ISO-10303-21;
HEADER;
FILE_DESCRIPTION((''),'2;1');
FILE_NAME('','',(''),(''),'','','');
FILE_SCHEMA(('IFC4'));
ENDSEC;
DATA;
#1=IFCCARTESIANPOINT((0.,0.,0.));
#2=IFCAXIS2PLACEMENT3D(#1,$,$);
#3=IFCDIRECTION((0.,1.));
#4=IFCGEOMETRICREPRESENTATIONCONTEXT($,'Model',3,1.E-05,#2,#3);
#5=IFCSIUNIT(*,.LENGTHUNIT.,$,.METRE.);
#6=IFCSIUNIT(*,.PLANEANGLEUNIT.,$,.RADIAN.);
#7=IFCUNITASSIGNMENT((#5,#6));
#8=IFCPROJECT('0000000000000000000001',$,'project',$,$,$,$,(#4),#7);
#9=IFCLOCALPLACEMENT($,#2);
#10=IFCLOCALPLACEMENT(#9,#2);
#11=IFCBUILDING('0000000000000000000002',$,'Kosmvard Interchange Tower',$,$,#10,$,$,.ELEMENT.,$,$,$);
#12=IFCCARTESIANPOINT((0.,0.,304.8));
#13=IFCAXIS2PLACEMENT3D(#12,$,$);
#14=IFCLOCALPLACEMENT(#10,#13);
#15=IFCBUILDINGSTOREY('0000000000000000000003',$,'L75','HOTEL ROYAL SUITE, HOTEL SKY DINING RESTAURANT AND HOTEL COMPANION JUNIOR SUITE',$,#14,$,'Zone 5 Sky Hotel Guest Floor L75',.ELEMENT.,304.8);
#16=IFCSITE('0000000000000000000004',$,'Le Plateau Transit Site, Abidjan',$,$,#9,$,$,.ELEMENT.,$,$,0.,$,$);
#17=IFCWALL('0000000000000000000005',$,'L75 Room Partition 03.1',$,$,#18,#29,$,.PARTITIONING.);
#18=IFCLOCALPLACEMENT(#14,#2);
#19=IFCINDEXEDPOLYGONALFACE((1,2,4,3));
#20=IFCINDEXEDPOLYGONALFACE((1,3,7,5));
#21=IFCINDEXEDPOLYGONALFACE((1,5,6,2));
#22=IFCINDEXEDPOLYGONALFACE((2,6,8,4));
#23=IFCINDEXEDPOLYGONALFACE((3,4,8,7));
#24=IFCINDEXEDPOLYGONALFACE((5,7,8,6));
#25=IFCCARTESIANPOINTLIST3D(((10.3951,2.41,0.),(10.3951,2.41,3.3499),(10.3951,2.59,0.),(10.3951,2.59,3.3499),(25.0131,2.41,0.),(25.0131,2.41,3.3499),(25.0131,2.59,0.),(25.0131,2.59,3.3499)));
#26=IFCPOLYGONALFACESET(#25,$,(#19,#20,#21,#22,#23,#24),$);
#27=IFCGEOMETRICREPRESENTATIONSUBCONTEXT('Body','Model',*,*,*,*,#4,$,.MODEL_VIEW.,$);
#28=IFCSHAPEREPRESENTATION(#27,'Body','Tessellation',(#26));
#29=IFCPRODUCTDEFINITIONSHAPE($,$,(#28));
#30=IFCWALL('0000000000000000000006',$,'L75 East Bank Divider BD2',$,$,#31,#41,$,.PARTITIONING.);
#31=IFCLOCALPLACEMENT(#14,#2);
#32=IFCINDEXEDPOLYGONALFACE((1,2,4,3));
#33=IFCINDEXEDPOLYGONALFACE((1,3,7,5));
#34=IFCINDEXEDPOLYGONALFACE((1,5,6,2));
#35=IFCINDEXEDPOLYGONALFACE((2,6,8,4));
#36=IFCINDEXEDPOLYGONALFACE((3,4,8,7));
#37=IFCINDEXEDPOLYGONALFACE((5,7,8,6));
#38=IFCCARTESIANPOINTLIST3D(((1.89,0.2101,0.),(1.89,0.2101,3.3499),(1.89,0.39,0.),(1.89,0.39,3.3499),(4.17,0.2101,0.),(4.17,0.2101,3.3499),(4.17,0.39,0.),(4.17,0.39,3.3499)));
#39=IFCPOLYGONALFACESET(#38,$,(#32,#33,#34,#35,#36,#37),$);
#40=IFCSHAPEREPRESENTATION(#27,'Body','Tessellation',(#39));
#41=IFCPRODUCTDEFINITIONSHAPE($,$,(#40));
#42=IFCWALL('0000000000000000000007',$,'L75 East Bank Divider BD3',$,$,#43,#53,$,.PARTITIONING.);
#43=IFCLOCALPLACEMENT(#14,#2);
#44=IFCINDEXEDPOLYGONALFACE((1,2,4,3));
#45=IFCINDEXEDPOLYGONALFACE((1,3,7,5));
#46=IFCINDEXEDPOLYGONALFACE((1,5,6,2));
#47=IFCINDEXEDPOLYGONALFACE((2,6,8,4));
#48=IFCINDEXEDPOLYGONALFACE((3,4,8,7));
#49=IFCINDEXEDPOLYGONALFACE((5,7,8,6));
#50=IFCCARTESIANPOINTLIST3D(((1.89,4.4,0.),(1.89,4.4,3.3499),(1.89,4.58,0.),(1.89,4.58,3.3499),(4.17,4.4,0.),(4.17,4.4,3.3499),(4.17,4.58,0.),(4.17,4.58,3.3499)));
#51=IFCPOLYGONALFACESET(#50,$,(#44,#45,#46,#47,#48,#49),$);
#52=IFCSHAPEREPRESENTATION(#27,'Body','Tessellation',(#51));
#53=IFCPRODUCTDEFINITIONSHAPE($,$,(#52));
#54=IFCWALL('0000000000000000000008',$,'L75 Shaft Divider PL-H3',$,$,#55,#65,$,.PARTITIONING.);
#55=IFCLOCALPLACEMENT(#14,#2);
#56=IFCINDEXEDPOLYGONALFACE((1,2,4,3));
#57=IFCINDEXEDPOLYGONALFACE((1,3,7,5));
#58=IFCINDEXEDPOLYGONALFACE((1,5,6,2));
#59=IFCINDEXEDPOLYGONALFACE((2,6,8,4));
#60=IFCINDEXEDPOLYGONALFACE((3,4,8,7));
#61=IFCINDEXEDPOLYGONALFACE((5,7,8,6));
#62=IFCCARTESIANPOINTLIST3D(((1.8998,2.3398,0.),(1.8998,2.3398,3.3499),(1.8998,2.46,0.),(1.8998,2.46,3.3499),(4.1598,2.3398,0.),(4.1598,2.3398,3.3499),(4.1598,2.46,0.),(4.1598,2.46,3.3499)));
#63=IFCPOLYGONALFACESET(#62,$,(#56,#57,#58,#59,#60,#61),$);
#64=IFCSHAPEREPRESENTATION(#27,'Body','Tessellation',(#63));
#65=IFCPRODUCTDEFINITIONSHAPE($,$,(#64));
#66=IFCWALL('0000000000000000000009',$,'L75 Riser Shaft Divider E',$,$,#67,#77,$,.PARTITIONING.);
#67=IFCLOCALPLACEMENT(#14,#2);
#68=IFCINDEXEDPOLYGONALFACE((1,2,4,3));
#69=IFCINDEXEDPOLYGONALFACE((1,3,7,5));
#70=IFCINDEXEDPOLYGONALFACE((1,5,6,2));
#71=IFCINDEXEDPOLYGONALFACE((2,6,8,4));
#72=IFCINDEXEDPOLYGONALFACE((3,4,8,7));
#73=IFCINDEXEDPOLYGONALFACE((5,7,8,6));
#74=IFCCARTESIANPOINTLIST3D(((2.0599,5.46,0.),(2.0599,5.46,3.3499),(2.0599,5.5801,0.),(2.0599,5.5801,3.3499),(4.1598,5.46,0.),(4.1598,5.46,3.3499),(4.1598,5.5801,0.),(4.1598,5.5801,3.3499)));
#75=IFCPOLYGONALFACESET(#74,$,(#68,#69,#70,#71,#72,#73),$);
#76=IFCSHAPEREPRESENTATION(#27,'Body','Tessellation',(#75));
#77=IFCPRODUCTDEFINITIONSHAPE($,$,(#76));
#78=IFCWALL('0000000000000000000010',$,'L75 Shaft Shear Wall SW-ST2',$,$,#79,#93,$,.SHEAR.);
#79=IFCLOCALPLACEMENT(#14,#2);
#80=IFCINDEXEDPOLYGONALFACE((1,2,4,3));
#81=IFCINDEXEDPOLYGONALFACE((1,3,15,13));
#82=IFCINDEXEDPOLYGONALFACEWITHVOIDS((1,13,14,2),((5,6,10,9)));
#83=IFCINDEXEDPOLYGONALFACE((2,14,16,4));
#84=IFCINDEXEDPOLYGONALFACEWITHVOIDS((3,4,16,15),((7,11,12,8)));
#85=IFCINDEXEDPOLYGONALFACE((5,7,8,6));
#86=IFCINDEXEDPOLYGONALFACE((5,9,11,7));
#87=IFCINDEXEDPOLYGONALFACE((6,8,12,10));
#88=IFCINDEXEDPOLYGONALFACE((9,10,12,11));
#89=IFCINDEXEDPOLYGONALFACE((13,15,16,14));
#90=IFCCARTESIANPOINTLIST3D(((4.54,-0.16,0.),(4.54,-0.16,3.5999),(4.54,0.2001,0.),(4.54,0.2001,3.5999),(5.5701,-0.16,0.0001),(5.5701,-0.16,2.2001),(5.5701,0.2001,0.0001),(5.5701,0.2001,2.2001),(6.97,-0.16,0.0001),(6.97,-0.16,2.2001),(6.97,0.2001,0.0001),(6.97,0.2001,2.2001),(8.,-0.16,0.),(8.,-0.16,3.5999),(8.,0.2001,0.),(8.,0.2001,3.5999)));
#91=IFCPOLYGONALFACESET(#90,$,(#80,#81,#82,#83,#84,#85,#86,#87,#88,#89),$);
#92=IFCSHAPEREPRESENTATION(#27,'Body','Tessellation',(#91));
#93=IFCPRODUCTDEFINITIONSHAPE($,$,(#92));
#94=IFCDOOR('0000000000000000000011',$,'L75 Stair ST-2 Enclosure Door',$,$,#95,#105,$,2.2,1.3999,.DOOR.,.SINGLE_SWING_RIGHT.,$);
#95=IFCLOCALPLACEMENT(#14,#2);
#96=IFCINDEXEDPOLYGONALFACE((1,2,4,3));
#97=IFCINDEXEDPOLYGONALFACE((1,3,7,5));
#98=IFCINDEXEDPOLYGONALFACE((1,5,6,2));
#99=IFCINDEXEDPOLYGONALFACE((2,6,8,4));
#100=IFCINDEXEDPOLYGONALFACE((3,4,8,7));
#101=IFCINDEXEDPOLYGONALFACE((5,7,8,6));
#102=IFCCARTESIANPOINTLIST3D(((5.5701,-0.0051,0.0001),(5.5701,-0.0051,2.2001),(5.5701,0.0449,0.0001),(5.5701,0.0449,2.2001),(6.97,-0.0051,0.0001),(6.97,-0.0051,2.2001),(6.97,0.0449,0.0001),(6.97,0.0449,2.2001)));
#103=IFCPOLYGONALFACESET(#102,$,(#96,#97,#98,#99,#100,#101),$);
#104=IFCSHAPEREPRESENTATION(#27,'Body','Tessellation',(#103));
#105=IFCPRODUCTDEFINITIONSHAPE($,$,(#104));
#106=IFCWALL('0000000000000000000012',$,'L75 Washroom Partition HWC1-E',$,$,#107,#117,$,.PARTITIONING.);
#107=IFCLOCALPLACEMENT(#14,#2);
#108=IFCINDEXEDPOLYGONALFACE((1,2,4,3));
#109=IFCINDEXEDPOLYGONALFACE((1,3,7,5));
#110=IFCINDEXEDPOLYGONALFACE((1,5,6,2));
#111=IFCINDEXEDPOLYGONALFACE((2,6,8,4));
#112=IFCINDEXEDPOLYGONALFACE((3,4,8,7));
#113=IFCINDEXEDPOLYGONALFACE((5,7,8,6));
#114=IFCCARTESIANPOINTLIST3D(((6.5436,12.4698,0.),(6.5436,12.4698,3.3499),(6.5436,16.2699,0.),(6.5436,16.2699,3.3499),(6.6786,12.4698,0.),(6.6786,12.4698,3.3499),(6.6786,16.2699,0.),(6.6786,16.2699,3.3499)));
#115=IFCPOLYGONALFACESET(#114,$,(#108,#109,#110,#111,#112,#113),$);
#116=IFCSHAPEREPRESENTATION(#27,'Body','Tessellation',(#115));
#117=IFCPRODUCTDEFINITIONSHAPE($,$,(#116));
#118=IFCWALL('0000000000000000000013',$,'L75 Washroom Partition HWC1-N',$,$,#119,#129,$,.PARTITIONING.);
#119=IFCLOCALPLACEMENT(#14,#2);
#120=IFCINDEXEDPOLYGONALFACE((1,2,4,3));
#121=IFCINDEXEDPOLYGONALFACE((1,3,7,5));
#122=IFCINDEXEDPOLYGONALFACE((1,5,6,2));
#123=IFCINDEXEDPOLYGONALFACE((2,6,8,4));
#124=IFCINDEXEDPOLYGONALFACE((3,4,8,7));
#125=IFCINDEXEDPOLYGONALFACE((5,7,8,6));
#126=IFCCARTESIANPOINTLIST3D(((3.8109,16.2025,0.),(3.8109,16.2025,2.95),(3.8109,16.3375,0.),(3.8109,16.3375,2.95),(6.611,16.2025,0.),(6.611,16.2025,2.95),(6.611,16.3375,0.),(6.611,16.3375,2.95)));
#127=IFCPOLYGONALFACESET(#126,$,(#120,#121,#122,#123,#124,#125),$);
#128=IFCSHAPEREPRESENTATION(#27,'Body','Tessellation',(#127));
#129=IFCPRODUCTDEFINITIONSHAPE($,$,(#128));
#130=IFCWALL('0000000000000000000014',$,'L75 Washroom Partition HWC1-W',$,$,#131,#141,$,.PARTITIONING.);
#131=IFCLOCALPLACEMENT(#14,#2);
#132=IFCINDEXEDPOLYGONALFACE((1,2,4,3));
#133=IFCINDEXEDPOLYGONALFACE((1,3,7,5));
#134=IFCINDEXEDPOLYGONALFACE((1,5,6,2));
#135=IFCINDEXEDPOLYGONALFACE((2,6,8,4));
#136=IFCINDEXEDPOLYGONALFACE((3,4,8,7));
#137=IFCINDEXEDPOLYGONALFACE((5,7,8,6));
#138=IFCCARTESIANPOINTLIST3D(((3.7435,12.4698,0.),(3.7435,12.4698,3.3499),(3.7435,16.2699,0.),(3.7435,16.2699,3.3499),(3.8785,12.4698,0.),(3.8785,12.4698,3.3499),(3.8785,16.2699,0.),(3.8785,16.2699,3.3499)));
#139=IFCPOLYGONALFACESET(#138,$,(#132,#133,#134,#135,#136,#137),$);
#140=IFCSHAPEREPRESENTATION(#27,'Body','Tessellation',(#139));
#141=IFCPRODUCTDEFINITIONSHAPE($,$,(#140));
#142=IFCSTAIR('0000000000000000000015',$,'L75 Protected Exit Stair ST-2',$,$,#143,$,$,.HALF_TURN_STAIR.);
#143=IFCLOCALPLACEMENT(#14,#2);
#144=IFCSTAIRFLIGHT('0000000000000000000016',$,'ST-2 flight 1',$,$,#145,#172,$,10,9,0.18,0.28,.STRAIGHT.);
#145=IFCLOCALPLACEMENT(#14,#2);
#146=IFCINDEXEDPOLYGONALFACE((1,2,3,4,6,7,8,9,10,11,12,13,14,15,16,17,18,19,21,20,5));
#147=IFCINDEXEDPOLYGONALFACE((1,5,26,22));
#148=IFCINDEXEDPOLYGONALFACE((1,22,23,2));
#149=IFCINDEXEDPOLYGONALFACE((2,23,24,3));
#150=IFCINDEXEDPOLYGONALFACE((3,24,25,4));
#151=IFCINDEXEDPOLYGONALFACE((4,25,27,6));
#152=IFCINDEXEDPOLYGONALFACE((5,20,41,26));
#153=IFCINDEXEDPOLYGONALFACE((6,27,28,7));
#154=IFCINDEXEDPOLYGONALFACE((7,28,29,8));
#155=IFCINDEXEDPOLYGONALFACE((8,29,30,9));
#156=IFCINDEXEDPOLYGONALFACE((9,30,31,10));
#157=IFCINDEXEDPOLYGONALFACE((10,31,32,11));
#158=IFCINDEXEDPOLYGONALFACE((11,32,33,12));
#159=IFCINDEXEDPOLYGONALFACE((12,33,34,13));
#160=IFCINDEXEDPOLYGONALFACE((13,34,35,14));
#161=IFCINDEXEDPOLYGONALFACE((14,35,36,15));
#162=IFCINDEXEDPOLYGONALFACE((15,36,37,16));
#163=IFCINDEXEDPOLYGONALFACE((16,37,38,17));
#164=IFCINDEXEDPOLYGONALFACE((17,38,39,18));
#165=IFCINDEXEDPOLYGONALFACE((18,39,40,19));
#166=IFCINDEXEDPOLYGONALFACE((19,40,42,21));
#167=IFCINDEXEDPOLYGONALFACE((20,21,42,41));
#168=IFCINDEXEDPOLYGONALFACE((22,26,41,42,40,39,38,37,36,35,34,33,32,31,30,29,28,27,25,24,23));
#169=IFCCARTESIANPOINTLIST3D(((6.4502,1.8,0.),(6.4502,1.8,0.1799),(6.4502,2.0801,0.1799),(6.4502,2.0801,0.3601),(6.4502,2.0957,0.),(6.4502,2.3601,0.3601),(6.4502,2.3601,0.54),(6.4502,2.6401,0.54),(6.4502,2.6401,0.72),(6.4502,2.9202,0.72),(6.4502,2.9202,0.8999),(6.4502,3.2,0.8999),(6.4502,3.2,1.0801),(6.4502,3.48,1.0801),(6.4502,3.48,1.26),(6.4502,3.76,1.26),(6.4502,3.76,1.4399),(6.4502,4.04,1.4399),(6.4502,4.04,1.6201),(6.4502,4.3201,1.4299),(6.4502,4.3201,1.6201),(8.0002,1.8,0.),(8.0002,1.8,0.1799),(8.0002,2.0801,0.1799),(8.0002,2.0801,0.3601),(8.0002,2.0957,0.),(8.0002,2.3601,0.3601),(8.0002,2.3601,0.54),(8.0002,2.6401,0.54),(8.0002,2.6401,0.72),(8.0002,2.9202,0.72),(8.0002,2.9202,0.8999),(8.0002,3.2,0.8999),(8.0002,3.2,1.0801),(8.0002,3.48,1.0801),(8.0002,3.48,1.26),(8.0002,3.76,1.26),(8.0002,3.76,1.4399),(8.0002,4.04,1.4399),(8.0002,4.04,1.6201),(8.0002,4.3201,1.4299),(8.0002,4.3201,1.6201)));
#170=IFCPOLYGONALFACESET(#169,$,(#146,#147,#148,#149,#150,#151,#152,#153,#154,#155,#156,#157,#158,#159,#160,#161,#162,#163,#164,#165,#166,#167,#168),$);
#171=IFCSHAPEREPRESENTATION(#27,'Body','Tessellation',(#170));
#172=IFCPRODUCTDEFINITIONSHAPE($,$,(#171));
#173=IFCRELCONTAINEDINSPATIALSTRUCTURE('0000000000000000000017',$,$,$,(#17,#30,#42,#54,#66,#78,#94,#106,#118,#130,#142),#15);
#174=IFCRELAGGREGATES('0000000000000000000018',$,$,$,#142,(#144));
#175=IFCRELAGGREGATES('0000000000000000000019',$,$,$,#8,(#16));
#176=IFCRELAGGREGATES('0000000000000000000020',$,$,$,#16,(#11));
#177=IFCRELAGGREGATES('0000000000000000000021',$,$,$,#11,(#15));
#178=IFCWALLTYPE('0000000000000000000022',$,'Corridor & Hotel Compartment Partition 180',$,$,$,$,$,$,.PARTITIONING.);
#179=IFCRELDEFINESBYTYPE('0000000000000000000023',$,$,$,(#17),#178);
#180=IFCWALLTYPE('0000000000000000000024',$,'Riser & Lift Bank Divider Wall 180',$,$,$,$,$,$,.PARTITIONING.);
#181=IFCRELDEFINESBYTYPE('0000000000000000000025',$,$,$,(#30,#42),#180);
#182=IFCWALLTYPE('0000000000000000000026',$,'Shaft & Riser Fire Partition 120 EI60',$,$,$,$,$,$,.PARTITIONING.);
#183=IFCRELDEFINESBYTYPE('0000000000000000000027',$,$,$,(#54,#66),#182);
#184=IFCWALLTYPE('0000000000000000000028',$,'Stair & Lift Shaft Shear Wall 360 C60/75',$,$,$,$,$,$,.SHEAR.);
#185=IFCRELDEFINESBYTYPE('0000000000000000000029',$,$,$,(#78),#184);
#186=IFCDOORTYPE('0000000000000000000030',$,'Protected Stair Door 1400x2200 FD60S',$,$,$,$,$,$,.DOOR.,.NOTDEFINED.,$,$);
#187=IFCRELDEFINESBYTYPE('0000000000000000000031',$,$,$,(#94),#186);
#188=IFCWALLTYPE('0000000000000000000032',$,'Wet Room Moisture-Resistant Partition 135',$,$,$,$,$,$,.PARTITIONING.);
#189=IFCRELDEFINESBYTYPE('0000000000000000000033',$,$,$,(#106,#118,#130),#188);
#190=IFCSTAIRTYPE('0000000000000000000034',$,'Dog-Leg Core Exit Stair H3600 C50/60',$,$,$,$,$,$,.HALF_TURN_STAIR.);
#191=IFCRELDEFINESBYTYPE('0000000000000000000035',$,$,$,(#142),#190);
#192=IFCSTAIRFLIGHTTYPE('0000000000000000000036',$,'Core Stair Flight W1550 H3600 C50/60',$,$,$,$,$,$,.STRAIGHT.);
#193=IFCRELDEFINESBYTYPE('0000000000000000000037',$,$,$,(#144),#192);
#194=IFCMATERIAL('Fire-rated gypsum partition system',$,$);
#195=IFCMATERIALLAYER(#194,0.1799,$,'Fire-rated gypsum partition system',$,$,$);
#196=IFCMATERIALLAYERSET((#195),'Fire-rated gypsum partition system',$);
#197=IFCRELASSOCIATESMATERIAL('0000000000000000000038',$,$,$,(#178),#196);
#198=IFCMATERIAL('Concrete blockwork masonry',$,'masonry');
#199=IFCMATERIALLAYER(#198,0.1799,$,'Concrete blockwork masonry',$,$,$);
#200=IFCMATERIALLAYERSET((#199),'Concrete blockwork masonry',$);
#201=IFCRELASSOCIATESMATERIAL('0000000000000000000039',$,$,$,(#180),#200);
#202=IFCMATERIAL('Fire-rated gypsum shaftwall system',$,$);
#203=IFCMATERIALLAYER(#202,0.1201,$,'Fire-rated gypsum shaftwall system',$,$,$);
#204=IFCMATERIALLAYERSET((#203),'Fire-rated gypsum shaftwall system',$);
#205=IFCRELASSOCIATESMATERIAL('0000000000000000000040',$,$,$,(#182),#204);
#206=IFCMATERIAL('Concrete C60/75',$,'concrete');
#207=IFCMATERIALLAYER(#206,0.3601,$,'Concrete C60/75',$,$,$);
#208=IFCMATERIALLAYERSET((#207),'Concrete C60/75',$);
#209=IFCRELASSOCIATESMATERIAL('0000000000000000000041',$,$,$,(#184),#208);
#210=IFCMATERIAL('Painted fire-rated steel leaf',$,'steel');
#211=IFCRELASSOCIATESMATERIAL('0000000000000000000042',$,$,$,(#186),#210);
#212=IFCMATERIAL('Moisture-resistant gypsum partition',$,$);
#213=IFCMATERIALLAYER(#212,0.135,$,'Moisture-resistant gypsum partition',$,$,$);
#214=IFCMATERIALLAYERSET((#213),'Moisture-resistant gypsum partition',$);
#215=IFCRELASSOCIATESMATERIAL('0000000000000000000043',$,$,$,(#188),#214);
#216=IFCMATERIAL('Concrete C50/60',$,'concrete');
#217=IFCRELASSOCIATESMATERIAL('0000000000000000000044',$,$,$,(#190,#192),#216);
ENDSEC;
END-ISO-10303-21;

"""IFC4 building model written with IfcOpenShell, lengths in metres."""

from ifc_helpers import new_model, si_unit, direction, frame, frame_2d, origin, place, context, subcontext, project, spatial, polyline, rectangle, outline, extrude, source, transform, mapped, material, layer, layer_set, type_object, element, fill, aggregate, save


model = new_model("IFC4")

# Units and contexts
model_context = context("Model", 3, precision=1e-05, world=origin(), true_north=direction((0.0, 1.0)))
body_context = subcontext(model_context, "Body", "Model", "MODEL_VIEW")
ifc_project = project(units=[si_unit("LENGTHUNIT", "METRE"), si_unit("PLANEANGLEUNIT", "RADIAN")], contexts=[model_context])

# Site, building, storey
site_placement = place(None, origin())
site = spatial("IfcSite", under=ifc_project, at=site_placement, Name="Le Plateau Transit Site, Abidjan", CompositionType="ELEMENT", RefElevation=0.0)
building_placement = place(site_placement, origin())
building = spatial("IfcBuilding", under=site, at=building_placement, Name="Kosmvard Interchange Tower", CompositionType="ELEMENT")
storey_placement = place(building_placement, frame((0.0, 0.0, 304.8)))
storey = spatial("IfcBuildingStorey", under=building, at=storey_placement, Name="L75", Description="HOTEL ROYAL SUITE, HOTEL SKY DINING RESTAURANT AND HOTEL COMPANION JUNIOR SUITE", LongName="Zone 5 Sky Hotel Guest Floor L75", CompositionType="ELEMENT", Elevation=304.8)

# Shared definitions
ifc_material_1 = material(Name="Concrete C50/60", Category="concrete")

# Walls
ifc_material_2 = material(Name="Fire-rated gypsum partition system")
ifc_material_3 = material(Name="Concrete blockwork masonry", Category="masonry")
ifc_layer_1 = layer(ifc_material_2, 0.1799, Name="Fire-rated gypsum partition system")
ifc_layer_set_1 = layer_set([ifc_layer_1], Name="Fire-rated gypsum partition system")
wall_type_1 = type_object("IfcWallType", Name="Corridor & Hotel Compartment Partition 180", PredefinedType="PARTITIONING", material=ifc_layer_set_1)
wall_1_placement = place(storey_placement, frame((10.395, 2.5, 0.0), z_axis=(0.0, 0.0, 1.0), x_axis=(1.0, 0.0, 0.0)))
element("IfcWall", 1, at=wall_1_placement, inside=storey, type_object=wall_type_1, Name="L75 Room Partition 03.1", PredefinedType="PARTITIONING", context=body_context, shape_type="SweptSolid", body=[
    extrude(rectangle(XDim=14.6179, YDim=0.1799, at=frame_2d((7.3091, 0.0))), origin(), (0.0, 0.0, 1.0), 3.3499),
])
ifc_layer_2 = layer(ifc_material_3, 0.1799, Name="Concrete blockwork masonry")
ifc_layer_set_2 = layer_set([ifc_layer_2], Name="Concrete blockwork masonry")
wall_type_2 = type_object("IfcWallType", Name="Riser & Lift Bank Divider Wall 180", PredefinedType="PARTITIONING", material=ifc_layer_set_2)
for number, where, z_axis, x_axis, name in (
    (2, (1.8899, 0.3, 0.0), (0.0, 0.0, 1.0), (1.0, 0.0, 0.0), "L75 East Bank Divider BD2"),
    (3, (1.8899, 4.49, 0.0), (0.0, 0.0, 1.0), (1.0, 0.0, 0.0), "L75 East Bank Divider BD3"),
):
    element("IfcWall", number, at=place(storey_placement, frame(where, z_axis=z_axis, x_axis=x_axis)), inside=storey, type_object=wall_type_2, Name=name, PredefinedType="PARTITIONING", context=body_context, shape_type="SweptSolid", body=[
        extrude(rectangle(XDim=2.28, YDim=0.1799, at=frame_2d((1.1401, 0.0))), origin(), (0.0, 0.0, 1.0), 3.3499),
    ])
ifc_material_4 = material(Name="Fire-rated gypsum shaftwall system")
ifc_layer_3 = layer(ifc_material_4, 0.1201, Name="Fire-rated gypsum shaftwall system")
ifc_layer_set_3 = layer_set([ifc_layer_3], Name="Fire-rated gypsum shaftwall system")
wall_type_3 = type_object("IfcWallType", Name="Shaft & Riser Fire Partition 120 EI60", PredefinedType="PARTITIONING", material=ifc_layer_set_3)
wall_2_placement = place(storey_placement, frame((1.8999, 2.3999, 0.0), z_axis=(0.0, 0.0, 1.0), x_axis=(1.0, 0.0, 0.0)))
element("IfcWall", 4, at=wall_2_placement, inside=storey, type_object=wall_type_3, Name="L75 Shaft Divider PL-H3", PredefinedType="PARTITIONING", context=body_context, shape_type="SweptSolid", body=[
    extrude(rectangle(XDim=2.26, YDim=0.1201, at=frame_2d((1.1299, 0.0))), origin(), (0.0, 0.0, 1.0), 3.3499),
])
wall_3_placement = place(storey_placement, frame((2.0601, 5.52, 0.0), z_axis=(0.0, 0.0, 1.0), x_axis=(1.0, 0.0, 0.0)))
element("IfcWall", 5, at=wall_3_placement, inside=storey, type_object=wall_type_3, Name="L75 Riser Shaft Divider E", PredefinedType="PARTITIONING", context=body_context, shape_type="SweptSolid", body=[
    extrude(rectangle(XDim=2.0999, YDim=0.1201, at=frame_2d((1.0498, 0.0))), origin(), (0.0, 0.0, 1.0), 3.3499),
])

# Wall, opening, door
ifc_material_5 = material(Name="Concrete C60/75", Category="concrete")
ifc_layer_4 = layer(ifc_material_5, 0.3601, Name="Concrete C60/75")
ifc_layer_set_4 = layer_set([ifc_layer_4], Name="Concrete C60/75")
wall_type_4 = type_object("IfcWallType", Name="Stair & Lift Shaft Shear Wall 360 C60/75", PredefinedType="SHEAR", material=ifc_layer_set_4)
wall_4_placement = place(storey_placement, frame((4.54, 0.02, 0.0), z_axis=(0.0, 0.0, 1.0), x_axis=(1.0, 0.0, 0.0)))
wall_4 = element("IfcWall", 6, at=wall_4_placement, inside=storey, type_object=wall_type_4, Name="L75 Shaft Shear Wall SW-ST2", PredefinedType="SHEAR", context=body_context, shape_type="SweptSolid", body=[
    extrude(rectangle(XDim=3.46, YDim=0.3601, at=frame_2d((1.73, 0.0))), origin(), (0.0, 0.0, 1.0), 3.5999),
])
opening_placement = place(wall_4_placement, frame((1.03, 0.0, 0.0)))
opening = element("IfcOpeningElement", 7, at=opening_placement, cuts=wall_4, PredefinedType="OPENING", context=body_context, shape_type="SweptSolid", body=[
    extrude(rectangle(XDim=1.3999, YDim=2.2, at=frame_2d((0.7, 1.1001))), frame((0.0, 0.1899, 0.0), z_axis=(0.0, -1.0, 0.0), x_axis=(1.0, 0.0, 0.0)), (0.0, 0.0, 1.0), 0.3801),
])
ifc_material_6 = material(Name="Painted fire-rated steel leaf", Category="steel")
door_type = type_object("IfcDoorType", Name="Protected Stair Door 1400x2200 FD60S", OperationType="NOTDEFINED", PredefinedType="DOOR", material=ifc_material_6)
shared_shape_1 = source(origin(), body_context, "Body", "SweptSolid", [
    extrude(rectangle(XDim=1.3999, YDim=2.2, at=frame_2d((0.7, 1.1001))), frame((0.0, 0.0249, 0.0), z_axis=(0.0, -1.0, 0.0), x_axis=(1.0, 0.0, 0.0)), (0.0, 0.0, 1.0), 0.05),
])
door_placement = place(opening_placement, origin())
door = element("IfcDoor", 8, at=door_placement, inside=storey, type_object=door_type, Name="L75 Stair ST-2 Enclosure Door", OperationType="SINGLE_SWING_RIGHT", OverallHeight=2.2, OverallWidth=1.3999, PredefinedType="DOOR", context=body_context, shape_type="MappedRepresentation", body=[
    mapped(shared_shape_1, transform((0.0, 0.0, 0.0), scale=1.0)),
])
fill(opening, door)

# Walls
ifc_material_7 = material(Name="Moisture-resistant gypsum partition")
ifc_layer_5 = layer(ifc_material_7, 0.135, Name="Moisture-resistant gypsum partition")
ifc_layer_set_5 = layer_set([ifc_layer_5], Name="Moisture-resistant gypsum partition")
wall_type_5 = type_object("IfcWallType", Name="Wet Room Moisture-Resistant Partition 135", PredefinedType="PARTITIONING", material=ifc_layer_set_5)
wall_5_placement = place(storey_placement, frame((6.6111, 12.47, 0.0), z_axis=(0.0, 0.0, 1.0), x_axis=(0.0, 1.0, 0.0)))
element("IfcWall", 9, at=wall_5_placement, inside=storey, type_object=wall_type_5, Name="L75 Washroom Partition HWC1-E", PredefinedType="PARTITIONING", context=body_context, shape_type="SweptSolid", body=[
    extrude(rectangle(XDim=3.8, YDim=0.135, at=frame_2d((1.8999, 0.0))), origin(), (0.0, 0.0, 1.0), 3.3499),
])
wall_6_placement = place(storey_placement, frame((3.811, 16.27, 0.0), z_axis=(0.0, 0.0, 1.0), x_axis=(1.0, 0.0, 0.0)))
element("IfcWall", 10, at=wall_6_placement, inside=storey, type_object=wall_type_5, Name="L75 Washroom Partition HWC1-N", PredefinedType="PARTITIONING", context=body_context, shape_type="SweptSolid", body=[
    extrude(rectangle(XDim=2.8, YDim=0.135, at=frame_2d((1.3999, 0.0))), origin(), (0.0, 0.0, 1.0), 2.95),
])
wall_7_placement = place(storey_placement, frame((3.811, 12.47, 0.0), z_axis=(0.0, 0.0, 1.0), x_axis=(0.0, 1.0, 0.0)))
element("IfcWall", 11, at=wall_7_placement, inside=storey, type_object=wall_type_5, Name="L75 Washroom Partition HWC1-W", PredefinedType="PARTITIONING", context=body_context, shape_type="SweptSolid", body=[
    extrude(rectangle(XDim=3.8, YDim=0.135, at=frame_2d((1.8999, 0.0))), origin(), (0.0, 0.0, 1.0), 3.3499),
])

# Stair, stair flight
stair_type = type_object("IfcStairType", Name="Dog-Leg Core Exit Stair H3600 C50/60", PredefinedType="HALF_TURN_STAIR", material=ifc_material_1)
stair_placement = place(storey_placement, origin())
stair = element("IfcStair", 12, at=stair_placement, inside=storey, type_object=stair_type, Name="L75 Protected Exit Stair ST-2", PredefinedType="HALF_TURN_STAIR")
stair_flight_type = type_object("IfcStairFlightType", Name="Core Stair Flight W1550 H3600 C50/60", PredefinedType="STRAIGHT", material=ifc_material_1)
shared_shape_2 = source(origin(), body_context, "Body", "SweptSolid", [
    extrude(outline(polyline([(0.0, 0.0), (0.0, 0.1799), (0.28, 0.1799), (0.28, 0.3601), (0.5601, 0.3601), (0.5601, 0.54), (0.8401, 0.54), (0.8401, 0.72), (1.1201, 0.72), (1.1201, 0.8999), (1.3999, 0.8999), (1.3999, 1.0801), (1.6799, 1.0801), (1.6799, 1.26), (1.96, 1.26), (1.96, 1.4399), (2.24, 1.4399), (2.24, 1.6201), (2.52, 1.6201), (2.52, 1.8), (2.52, 1.4299), (0.2957, 0.0), (0.0, 0.0)])), frame((0.0, 0.7749, 0.0), z_axis=(0.0, -1.0, 0.0), x_axis=(1.0, 0.0, 0.0)), (0.0, 0.0, 1.0), 1.55),
])
stair_flight_1_placement = place(storey_placement, frame((7.2251, 1.8, 0.0), z_axis=(0.0, 0.0, 1.0), x_axis=(0.0, 1.0, 0.0)))
stair_flight_1 = element("IfcStairFlight", 13, at=stair_flight_1_placement, type_object=stair_flight_type, Name="ST-2 flight 1", NumberOfRisers=10, NumberOfTreads=9, PredefinedType="STRAIGHT", RiserHeight=0.18, TreadLength=0.28, context=body_context, shape_type="MappedRepresentation", body=[
    mapped(shared_shape_2, transform((0.0, 0.0, 0.0), scale=1.0)),
])
aggregate(stair, [stair_flight_1])

save(model, "model.ifc")
